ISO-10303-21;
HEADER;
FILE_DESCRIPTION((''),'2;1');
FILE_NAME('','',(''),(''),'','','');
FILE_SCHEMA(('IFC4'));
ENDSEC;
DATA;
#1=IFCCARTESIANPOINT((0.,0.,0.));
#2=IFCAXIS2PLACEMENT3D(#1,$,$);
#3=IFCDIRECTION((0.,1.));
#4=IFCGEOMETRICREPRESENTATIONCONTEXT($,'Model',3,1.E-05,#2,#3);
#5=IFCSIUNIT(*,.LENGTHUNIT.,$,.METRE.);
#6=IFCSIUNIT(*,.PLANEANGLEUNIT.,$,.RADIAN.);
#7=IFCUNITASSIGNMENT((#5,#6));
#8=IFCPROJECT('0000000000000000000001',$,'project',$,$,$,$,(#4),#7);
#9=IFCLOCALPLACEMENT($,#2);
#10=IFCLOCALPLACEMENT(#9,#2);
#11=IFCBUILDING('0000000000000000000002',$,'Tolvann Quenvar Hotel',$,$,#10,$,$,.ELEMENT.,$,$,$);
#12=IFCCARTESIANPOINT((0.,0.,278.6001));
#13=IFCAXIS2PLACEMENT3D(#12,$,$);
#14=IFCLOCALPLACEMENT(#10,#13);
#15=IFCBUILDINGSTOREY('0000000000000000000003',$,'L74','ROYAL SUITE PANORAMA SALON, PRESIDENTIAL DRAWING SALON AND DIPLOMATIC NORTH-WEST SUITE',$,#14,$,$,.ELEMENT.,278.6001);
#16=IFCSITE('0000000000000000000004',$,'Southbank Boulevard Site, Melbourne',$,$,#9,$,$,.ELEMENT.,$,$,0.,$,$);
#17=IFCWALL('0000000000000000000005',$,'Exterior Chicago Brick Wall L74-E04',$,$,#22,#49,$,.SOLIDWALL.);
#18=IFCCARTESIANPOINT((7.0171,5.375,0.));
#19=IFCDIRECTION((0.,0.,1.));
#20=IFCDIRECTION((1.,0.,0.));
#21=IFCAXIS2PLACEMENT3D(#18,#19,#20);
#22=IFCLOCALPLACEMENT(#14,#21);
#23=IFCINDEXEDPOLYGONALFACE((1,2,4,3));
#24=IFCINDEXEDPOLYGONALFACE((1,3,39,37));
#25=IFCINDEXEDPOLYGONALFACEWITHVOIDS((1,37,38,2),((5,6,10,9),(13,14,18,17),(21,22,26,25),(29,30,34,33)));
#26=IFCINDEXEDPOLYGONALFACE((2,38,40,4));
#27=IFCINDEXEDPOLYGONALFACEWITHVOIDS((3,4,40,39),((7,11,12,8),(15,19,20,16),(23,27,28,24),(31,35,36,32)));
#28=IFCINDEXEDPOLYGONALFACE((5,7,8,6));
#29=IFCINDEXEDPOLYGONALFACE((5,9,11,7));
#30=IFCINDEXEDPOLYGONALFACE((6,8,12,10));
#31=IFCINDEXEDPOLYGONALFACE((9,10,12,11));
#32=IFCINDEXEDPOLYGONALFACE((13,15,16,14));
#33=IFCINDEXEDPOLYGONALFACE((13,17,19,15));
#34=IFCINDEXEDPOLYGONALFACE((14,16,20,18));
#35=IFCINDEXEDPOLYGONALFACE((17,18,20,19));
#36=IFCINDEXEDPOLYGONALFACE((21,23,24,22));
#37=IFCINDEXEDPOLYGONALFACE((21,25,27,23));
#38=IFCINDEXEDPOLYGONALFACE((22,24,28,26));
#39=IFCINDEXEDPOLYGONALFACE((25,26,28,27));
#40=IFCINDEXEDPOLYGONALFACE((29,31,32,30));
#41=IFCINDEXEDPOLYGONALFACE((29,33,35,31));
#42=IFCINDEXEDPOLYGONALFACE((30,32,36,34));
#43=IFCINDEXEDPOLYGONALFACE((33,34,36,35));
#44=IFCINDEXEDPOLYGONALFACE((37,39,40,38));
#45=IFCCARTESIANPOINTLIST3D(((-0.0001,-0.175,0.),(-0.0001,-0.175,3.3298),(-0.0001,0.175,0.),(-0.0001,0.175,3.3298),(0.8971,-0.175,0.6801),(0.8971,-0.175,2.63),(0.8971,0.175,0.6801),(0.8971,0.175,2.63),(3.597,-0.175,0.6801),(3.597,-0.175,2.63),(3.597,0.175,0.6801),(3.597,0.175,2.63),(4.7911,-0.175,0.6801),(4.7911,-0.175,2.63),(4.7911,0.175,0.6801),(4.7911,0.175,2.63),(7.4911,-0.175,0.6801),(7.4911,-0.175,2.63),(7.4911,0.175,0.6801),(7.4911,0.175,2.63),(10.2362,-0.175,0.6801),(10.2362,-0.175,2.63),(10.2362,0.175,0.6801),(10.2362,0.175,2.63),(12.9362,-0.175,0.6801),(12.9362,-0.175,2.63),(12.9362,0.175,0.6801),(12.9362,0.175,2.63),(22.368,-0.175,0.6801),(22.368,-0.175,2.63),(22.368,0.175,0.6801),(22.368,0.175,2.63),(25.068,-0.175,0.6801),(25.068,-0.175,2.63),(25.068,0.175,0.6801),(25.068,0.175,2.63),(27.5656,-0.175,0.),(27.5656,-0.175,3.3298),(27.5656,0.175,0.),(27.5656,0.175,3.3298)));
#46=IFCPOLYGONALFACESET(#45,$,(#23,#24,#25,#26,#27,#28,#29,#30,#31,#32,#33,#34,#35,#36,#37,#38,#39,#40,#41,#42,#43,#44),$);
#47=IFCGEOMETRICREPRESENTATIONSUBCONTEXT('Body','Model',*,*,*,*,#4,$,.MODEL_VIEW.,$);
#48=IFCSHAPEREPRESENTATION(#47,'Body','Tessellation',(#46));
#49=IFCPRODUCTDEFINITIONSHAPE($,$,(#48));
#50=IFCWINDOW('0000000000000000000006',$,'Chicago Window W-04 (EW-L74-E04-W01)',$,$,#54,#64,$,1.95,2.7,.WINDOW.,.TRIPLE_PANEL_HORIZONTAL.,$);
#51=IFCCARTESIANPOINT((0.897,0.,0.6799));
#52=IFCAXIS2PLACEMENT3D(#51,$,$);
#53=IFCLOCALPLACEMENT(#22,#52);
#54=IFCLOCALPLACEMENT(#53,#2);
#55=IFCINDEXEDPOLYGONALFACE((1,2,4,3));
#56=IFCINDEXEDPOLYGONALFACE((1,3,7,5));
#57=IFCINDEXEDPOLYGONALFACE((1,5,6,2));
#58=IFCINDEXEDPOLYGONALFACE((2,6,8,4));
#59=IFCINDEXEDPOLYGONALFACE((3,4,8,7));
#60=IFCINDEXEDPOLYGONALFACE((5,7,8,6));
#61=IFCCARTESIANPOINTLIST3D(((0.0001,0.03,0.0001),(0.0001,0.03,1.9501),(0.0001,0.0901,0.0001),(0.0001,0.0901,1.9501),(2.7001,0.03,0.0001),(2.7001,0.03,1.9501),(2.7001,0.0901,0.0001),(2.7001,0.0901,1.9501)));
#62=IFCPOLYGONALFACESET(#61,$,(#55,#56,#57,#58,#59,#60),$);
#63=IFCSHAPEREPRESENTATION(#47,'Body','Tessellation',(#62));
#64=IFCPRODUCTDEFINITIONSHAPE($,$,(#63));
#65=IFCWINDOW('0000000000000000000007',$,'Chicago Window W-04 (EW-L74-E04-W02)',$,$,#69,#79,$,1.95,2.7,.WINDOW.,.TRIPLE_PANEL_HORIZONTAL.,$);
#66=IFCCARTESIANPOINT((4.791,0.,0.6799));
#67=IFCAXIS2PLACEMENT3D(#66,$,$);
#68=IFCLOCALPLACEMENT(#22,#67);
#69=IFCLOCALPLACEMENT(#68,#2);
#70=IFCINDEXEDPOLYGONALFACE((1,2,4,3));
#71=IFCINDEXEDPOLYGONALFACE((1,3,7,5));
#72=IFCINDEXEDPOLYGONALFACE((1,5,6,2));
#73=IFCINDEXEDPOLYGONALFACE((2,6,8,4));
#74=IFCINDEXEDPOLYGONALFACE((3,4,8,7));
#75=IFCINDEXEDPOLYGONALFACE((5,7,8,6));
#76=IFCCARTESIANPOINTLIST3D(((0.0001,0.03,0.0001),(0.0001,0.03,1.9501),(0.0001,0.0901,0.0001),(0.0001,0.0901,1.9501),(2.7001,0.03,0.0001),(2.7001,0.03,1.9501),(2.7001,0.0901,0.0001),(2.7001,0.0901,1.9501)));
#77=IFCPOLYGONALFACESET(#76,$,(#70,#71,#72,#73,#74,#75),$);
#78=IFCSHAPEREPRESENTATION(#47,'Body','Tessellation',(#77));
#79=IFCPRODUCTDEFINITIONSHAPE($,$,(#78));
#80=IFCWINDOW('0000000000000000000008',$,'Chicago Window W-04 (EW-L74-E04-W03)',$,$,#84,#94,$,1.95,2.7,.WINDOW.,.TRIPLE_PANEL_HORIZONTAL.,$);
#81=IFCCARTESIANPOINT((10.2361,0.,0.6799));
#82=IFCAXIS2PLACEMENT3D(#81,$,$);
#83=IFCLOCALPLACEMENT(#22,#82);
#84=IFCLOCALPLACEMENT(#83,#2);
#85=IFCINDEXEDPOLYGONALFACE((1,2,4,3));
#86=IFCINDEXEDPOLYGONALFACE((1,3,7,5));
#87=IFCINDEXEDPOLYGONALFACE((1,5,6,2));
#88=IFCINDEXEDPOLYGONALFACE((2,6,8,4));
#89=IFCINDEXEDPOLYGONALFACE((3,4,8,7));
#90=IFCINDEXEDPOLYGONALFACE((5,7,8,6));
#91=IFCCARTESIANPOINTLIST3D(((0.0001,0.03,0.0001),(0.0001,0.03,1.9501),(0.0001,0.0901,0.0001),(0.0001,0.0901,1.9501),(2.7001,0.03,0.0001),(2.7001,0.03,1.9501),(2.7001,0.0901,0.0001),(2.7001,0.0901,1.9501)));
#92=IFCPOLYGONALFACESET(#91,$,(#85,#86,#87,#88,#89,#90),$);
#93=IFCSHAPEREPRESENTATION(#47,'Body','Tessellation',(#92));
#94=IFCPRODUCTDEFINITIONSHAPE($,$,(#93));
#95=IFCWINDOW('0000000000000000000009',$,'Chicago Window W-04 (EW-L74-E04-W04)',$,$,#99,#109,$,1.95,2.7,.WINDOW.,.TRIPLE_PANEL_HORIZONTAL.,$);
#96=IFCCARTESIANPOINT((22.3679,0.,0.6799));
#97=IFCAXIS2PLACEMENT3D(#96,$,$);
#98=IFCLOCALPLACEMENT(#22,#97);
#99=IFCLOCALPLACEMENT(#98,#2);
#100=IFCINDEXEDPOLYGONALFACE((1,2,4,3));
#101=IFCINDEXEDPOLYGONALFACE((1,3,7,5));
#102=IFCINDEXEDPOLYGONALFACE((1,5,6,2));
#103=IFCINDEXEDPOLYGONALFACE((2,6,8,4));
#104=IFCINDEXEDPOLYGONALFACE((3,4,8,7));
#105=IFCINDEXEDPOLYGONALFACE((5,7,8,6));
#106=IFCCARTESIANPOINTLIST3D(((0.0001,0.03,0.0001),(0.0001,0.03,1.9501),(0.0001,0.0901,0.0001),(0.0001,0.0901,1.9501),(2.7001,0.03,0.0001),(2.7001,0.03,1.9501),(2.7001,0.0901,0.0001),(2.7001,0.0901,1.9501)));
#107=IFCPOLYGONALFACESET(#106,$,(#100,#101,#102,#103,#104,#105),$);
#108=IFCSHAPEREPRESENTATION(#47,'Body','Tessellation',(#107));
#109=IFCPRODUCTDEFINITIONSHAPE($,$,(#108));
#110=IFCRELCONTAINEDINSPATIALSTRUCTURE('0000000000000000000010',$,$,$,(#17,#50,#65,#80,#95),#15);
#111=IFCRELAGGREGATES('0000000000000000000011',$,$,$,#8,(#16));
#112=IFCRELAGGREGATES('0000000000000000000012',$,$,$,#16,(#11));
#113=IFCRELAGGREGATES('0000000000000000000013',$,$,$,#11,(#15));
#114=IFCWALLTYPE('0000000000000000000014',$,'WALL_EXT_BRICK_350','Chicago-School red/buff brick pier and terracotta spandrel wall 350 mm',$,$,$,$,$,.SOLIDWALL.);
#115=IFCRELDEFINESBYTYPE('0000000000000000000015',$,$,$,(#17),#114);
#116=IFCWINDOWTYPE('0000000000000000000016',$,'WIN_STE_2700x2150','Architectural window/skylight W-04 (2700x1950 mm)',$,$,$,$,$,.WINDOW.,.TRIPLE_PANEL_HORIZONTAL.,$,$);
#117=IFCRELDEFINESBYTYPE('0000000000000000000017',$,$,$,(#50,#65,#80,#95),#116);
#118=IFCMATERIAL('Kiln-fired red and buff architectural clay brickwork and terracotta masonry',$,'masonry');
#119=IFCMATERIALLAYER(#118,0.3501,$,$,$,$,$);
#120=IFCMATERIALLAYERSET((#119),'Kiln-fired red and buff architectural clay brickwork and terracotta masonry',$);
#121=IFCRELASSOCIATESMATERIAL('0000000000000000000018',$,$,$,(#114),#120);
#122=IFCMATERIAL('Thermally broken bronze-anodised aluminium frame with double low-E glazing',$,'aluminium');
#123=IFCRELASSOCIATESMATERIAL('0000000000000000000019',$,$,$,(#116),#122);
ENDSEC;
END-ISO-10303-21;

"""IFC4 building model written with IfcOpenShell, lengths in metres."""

from ifc_helpers import new_model, si_unit, direction, frame, frame_2d, origin, place, context, subcontext, project, spatial, rectangle, extrude, source, transform, mapped, material, layer, layer_set, type_object, type_shapes, element, fill, save


model = new_model("IFC4")

# Units and contexts
model_context = context("Model", 3, precision=1e-05, world=origin(), true_north=direction((0.0, 1.0)))
body_context = subcontext(model_context, "Body", "Model", "MODEL_VIEW")
ifc_project = project(units=[si_unit("LENGTHUNIT", "METRE"), si_unit("PLANEANGLEUNIT", "RADIAN")], contexts=[model_context])

# Site, building, storey
site_placement = place(None, origin())
site = spatial("IfcSite", under=ifc_project, at=site_placement, Name="Southbank Boulevard Site, Melbourne", CompositionType="ELEMENT", RefElevation=0.0)
building_placement = place(site_placement, origin())
building = spatial("IfcBuilding", under=site, at=building_placement, Name="Tolvann Quenvar Hotel", CompositionType="ELEMENT")
storey_placement = place(building_placement, frame((0.0, 0.0, 278.6001)))
storey = spatial("IfcBuildingStorey", under=building, at=storey_placement, Name="L74", Description="ROYAL SUITE PANORAMA SALON, PRESIDENTIAL DRAWING SALON AND DIPLOMATIC NORTH-WEST SUITE", CompositionType="ELEMENT", Elevation=278.6001)

# Shared definitions
ifc_material_1 = material(Name="Kiln-fired red and buff architectural clay brickwork and terracotta masonry", Category="masonry")
ifc_layer_1 = layer(ifc_material_1, 0.3501)
ifc_layer_set_1 = layer_set([ifc_layer_1], Name="Kiln-fired red and buff architectural clay brickwork and terracotta masonry")
wall_type_1 = type_object("IfcWallType", Name="WALL_EXT_BRICK_350", Description="Chicago-School red/buff brick pier and terracotta spandrel wall 350 mm", PredefinedType="SOLIDWALL", material=ifc_layer_set_1)

# Wall, openings, windows
wall_1_placement = place(storey_placement, frame((7.0171, 5.375, 0.0), z_axis=(0.0, 0.0, 1.0), x_axis=(1.0, 0.0, 0.0)))
wall_1 = element("IfcWall", 1, at=wall_1_placement, inside=storey, type_object=wall_type_1, Name="Exterior Chicago Brick Wall L74-E04", PredefinedType="SOLIDWALL", context=body_context, shape_type="SweptSolid", body=[
    extrude(rectangle(XDim=27.5657, YDim=0.3501, at=frame_2d((13.7827, 0.0))), origin(), (0.0, 0.0, 1.0), 3.3298),
])
opening_1_placement = place(wall_1_placement, frame((0.897, 0.0, 0.6799)))
opening_1 = element("IfcOpeningElement", 2, at=opening_1_placement, cuts=wall_1, PredefinedType="OPENING", context=body_context, shape_type="SweptSolid", body=[
    extrude(rectangle(XDim=2.7, YDim=1.95, at=frame_2d((1.3501, 0.9751))), frame((0.0, 0.1851, 0.0), z_axis=(0.0, -1.0, 0.0), x_axis=(1.0, 0.0, 0.0)), (0.0, 0.0, 1.0), 0.3701),
])
opening_2_placement = place(wall_1_placement, frame((4.791, 0.0, 0.6799)))
opening_2 = element("IfcOpeningElement", 3, at=opening_2_placement, cuts=wall_1, PredefinedType="OPENING", context=body_context, shape_type="SweptSolid", body=[
    extrude(rectangle(XDim=2.7, YDim=1.95, at=frame_2d((1.3501, 0.9751))), frame((0.0, 0.1851, 0.0), z_axis=(0.0, -1.0, 0.0), x_axis=(1.0, 0.0, 0.0)), (0.0, 0.0, 1.0), 0.3701),
])
opening_3_placement = place(wall_1_placement, frame((10.2361, 0.0, 0.6799)))
opening_3 = element("IfcOpeningElement", 4, at=opening_3_placement, cuts=wall_1, PredefinedType="OPENING", context=body_context, shape_type="SweptSolid", body=[
    extrude(rectangle(XDim=2.7, YDim=1.95, at=frame_2d((1.3501, 0.9751))), frame((0.0, 0.1851, 0.0), z_axis=(0.0, -1.0, 0.0), x_axis=(1.0, 0.0, 0.0)), (0.0, 0.0, 1.0), 0.3701),
])
opening_4_placement = place(wall_1_placement, frame((22.3679, 0.0, 0.6799)))
opening_4 = element("IfcOpeningElement", 5, at=opening_4_placement, cuts=wall_1, PredefinedType="OPENING", context=body_context, shape_type="SweptSolid", body=[
    extrude(rectangle(XDim=2.7, YDim=1.95, at=frame_2d((1.3501, 0.9751))), frame((0.0, 0.1851, 0.0), z_axis=(0.0, -1.0, 0.0), x_axis=(1.0, 0.0, 0.0)), (0.0, 0.0, 1.0), 0.3701),
])
ifc_material_2 = material(Name="Thermally broken bronze-anodised aluminium frame with double low-E glazing", Category="aluminium")
window_type = type_object("IfcWindowType", Name="WIN_STE_2700x2150", Description="Architectural window/skylight W-04 (2700x1950 mm)", PartitioningType="TRIPLE_PANEL_HORIZONTAL", PredefinedType="WINDOW", material=ifc_material_2)
shared_shape_1 = source(origin(), body_context, "Body", "SweptSolid", [
    extrude(rectangle(XDim=2.7, YDim=1.95, at=frame_2d((1.3501, 0.9751))), frame((0.0, 0.0901, 0.0), z_axis=(0.0, -1.0, 0.0), x_axis=(1.0, 0.0, 0.0)), (0.0, 0.0, 1.0), 0.0601),
])
type_shapes(window_type, [shared_shape_1])
window_1_placement = place(opening_1_placement, origin())
window_1 = element("IfcWindow", 6, at=window_1_placement, inside=storey, type_object=window_type, Name="Chicago Window W-04 (EW-L74-E04-W01)", OverallHeight=1.95, OverallWidth=2.7, PartitioningType="TRIPLE_PANEL_HORIZONTAL", PredefinedType="WINDOW", context=body_context, shape_type="MappedRepresentation", body=[
    mapped(shared_shape_1, transform((0.0, 0.0, 0.0), x_axis=(1.0, 0.0, 0.0), y_axis=(0.0, 1.0, 0.0), z_axis=(0.0, 0.0, 1.0), scale=1.0)),
])
fill(opening_1, window_1)
window_2_placement = place(opening_2_placement, origin())
window_2 = element("IfcWindow", 7, at=window_2_placement, inside=storey, type_object=window_type, Name="Chicago Window W-04 (EW-L74-E04-W02)", OverallHeight=1.95, OverallWidth=2.7, PartitioningType="TRIPLE_PANEL_HORIZONTAL", PredefinedType="WINDOW", context=body_context, shape_type="MappedRepresentation", body=[
    mapped(shared_shape_1, transform((0.0, 0.0, 0.0), x_axis=(1.0, 0.0, 0.0), y_axis=(0.0, 1.0, 0.0), z_axis=(0.0, 0.0, 1.0), scale=1.0)),
])
fill(opening_2, window_2)
window_3_placement = place(opening_3_placement, origin())
window_3 = element("IfcWindow", 8, at=window_3_placement, inside=storey, type_object=window_type, Name="Chicago Window W-04 (EW-L74-E04-W03)", OverallHeight=1.95, OverallWidth=2.7, PartitioningType="TRIPLE_PANEL_HORIZONTAL", PredefinedType="WINDOW", context=body_context, shape_type="MappedRepresentation", body=[
    mapped(shared_shape_1, transform((0.0, 0.0, 0.0), x_axis=(1.0, 0.0, 0.0), y_axis=(0.0, 1.0, 0.0), z_axis=(0.0, 0.0, 1.0), scale=1.0)),
])
fill(opening_3, window_3)
window_4_placement = place(opening_4_placement, origin())
window_4 = element("IfcWindow", 9, at=window_4_placement, inside=storey, type_object=window_type, Name="Chicago Window W-04 (EW-L74-E04-W04)", OverallHeight=1.95, OverallWidth=2.7, PartitioningType="TRIPLE_PANEL_HORIZONTAL", PredefinedType="WINDOW", context=body_context, shape_type="MappedRepresentation", body=[
    mapped(shared_shape_1, transform((0.0, 0.0, 0.0), x_axis=(1.0, 0.0, 0.0), y_axis=(0.0, 1.0, 0.0), z_axis=(0.0, 0.0, 1.0), scale=1.0)),
])
fill(opening_4, window_4)

save(model, "model.ifc")
